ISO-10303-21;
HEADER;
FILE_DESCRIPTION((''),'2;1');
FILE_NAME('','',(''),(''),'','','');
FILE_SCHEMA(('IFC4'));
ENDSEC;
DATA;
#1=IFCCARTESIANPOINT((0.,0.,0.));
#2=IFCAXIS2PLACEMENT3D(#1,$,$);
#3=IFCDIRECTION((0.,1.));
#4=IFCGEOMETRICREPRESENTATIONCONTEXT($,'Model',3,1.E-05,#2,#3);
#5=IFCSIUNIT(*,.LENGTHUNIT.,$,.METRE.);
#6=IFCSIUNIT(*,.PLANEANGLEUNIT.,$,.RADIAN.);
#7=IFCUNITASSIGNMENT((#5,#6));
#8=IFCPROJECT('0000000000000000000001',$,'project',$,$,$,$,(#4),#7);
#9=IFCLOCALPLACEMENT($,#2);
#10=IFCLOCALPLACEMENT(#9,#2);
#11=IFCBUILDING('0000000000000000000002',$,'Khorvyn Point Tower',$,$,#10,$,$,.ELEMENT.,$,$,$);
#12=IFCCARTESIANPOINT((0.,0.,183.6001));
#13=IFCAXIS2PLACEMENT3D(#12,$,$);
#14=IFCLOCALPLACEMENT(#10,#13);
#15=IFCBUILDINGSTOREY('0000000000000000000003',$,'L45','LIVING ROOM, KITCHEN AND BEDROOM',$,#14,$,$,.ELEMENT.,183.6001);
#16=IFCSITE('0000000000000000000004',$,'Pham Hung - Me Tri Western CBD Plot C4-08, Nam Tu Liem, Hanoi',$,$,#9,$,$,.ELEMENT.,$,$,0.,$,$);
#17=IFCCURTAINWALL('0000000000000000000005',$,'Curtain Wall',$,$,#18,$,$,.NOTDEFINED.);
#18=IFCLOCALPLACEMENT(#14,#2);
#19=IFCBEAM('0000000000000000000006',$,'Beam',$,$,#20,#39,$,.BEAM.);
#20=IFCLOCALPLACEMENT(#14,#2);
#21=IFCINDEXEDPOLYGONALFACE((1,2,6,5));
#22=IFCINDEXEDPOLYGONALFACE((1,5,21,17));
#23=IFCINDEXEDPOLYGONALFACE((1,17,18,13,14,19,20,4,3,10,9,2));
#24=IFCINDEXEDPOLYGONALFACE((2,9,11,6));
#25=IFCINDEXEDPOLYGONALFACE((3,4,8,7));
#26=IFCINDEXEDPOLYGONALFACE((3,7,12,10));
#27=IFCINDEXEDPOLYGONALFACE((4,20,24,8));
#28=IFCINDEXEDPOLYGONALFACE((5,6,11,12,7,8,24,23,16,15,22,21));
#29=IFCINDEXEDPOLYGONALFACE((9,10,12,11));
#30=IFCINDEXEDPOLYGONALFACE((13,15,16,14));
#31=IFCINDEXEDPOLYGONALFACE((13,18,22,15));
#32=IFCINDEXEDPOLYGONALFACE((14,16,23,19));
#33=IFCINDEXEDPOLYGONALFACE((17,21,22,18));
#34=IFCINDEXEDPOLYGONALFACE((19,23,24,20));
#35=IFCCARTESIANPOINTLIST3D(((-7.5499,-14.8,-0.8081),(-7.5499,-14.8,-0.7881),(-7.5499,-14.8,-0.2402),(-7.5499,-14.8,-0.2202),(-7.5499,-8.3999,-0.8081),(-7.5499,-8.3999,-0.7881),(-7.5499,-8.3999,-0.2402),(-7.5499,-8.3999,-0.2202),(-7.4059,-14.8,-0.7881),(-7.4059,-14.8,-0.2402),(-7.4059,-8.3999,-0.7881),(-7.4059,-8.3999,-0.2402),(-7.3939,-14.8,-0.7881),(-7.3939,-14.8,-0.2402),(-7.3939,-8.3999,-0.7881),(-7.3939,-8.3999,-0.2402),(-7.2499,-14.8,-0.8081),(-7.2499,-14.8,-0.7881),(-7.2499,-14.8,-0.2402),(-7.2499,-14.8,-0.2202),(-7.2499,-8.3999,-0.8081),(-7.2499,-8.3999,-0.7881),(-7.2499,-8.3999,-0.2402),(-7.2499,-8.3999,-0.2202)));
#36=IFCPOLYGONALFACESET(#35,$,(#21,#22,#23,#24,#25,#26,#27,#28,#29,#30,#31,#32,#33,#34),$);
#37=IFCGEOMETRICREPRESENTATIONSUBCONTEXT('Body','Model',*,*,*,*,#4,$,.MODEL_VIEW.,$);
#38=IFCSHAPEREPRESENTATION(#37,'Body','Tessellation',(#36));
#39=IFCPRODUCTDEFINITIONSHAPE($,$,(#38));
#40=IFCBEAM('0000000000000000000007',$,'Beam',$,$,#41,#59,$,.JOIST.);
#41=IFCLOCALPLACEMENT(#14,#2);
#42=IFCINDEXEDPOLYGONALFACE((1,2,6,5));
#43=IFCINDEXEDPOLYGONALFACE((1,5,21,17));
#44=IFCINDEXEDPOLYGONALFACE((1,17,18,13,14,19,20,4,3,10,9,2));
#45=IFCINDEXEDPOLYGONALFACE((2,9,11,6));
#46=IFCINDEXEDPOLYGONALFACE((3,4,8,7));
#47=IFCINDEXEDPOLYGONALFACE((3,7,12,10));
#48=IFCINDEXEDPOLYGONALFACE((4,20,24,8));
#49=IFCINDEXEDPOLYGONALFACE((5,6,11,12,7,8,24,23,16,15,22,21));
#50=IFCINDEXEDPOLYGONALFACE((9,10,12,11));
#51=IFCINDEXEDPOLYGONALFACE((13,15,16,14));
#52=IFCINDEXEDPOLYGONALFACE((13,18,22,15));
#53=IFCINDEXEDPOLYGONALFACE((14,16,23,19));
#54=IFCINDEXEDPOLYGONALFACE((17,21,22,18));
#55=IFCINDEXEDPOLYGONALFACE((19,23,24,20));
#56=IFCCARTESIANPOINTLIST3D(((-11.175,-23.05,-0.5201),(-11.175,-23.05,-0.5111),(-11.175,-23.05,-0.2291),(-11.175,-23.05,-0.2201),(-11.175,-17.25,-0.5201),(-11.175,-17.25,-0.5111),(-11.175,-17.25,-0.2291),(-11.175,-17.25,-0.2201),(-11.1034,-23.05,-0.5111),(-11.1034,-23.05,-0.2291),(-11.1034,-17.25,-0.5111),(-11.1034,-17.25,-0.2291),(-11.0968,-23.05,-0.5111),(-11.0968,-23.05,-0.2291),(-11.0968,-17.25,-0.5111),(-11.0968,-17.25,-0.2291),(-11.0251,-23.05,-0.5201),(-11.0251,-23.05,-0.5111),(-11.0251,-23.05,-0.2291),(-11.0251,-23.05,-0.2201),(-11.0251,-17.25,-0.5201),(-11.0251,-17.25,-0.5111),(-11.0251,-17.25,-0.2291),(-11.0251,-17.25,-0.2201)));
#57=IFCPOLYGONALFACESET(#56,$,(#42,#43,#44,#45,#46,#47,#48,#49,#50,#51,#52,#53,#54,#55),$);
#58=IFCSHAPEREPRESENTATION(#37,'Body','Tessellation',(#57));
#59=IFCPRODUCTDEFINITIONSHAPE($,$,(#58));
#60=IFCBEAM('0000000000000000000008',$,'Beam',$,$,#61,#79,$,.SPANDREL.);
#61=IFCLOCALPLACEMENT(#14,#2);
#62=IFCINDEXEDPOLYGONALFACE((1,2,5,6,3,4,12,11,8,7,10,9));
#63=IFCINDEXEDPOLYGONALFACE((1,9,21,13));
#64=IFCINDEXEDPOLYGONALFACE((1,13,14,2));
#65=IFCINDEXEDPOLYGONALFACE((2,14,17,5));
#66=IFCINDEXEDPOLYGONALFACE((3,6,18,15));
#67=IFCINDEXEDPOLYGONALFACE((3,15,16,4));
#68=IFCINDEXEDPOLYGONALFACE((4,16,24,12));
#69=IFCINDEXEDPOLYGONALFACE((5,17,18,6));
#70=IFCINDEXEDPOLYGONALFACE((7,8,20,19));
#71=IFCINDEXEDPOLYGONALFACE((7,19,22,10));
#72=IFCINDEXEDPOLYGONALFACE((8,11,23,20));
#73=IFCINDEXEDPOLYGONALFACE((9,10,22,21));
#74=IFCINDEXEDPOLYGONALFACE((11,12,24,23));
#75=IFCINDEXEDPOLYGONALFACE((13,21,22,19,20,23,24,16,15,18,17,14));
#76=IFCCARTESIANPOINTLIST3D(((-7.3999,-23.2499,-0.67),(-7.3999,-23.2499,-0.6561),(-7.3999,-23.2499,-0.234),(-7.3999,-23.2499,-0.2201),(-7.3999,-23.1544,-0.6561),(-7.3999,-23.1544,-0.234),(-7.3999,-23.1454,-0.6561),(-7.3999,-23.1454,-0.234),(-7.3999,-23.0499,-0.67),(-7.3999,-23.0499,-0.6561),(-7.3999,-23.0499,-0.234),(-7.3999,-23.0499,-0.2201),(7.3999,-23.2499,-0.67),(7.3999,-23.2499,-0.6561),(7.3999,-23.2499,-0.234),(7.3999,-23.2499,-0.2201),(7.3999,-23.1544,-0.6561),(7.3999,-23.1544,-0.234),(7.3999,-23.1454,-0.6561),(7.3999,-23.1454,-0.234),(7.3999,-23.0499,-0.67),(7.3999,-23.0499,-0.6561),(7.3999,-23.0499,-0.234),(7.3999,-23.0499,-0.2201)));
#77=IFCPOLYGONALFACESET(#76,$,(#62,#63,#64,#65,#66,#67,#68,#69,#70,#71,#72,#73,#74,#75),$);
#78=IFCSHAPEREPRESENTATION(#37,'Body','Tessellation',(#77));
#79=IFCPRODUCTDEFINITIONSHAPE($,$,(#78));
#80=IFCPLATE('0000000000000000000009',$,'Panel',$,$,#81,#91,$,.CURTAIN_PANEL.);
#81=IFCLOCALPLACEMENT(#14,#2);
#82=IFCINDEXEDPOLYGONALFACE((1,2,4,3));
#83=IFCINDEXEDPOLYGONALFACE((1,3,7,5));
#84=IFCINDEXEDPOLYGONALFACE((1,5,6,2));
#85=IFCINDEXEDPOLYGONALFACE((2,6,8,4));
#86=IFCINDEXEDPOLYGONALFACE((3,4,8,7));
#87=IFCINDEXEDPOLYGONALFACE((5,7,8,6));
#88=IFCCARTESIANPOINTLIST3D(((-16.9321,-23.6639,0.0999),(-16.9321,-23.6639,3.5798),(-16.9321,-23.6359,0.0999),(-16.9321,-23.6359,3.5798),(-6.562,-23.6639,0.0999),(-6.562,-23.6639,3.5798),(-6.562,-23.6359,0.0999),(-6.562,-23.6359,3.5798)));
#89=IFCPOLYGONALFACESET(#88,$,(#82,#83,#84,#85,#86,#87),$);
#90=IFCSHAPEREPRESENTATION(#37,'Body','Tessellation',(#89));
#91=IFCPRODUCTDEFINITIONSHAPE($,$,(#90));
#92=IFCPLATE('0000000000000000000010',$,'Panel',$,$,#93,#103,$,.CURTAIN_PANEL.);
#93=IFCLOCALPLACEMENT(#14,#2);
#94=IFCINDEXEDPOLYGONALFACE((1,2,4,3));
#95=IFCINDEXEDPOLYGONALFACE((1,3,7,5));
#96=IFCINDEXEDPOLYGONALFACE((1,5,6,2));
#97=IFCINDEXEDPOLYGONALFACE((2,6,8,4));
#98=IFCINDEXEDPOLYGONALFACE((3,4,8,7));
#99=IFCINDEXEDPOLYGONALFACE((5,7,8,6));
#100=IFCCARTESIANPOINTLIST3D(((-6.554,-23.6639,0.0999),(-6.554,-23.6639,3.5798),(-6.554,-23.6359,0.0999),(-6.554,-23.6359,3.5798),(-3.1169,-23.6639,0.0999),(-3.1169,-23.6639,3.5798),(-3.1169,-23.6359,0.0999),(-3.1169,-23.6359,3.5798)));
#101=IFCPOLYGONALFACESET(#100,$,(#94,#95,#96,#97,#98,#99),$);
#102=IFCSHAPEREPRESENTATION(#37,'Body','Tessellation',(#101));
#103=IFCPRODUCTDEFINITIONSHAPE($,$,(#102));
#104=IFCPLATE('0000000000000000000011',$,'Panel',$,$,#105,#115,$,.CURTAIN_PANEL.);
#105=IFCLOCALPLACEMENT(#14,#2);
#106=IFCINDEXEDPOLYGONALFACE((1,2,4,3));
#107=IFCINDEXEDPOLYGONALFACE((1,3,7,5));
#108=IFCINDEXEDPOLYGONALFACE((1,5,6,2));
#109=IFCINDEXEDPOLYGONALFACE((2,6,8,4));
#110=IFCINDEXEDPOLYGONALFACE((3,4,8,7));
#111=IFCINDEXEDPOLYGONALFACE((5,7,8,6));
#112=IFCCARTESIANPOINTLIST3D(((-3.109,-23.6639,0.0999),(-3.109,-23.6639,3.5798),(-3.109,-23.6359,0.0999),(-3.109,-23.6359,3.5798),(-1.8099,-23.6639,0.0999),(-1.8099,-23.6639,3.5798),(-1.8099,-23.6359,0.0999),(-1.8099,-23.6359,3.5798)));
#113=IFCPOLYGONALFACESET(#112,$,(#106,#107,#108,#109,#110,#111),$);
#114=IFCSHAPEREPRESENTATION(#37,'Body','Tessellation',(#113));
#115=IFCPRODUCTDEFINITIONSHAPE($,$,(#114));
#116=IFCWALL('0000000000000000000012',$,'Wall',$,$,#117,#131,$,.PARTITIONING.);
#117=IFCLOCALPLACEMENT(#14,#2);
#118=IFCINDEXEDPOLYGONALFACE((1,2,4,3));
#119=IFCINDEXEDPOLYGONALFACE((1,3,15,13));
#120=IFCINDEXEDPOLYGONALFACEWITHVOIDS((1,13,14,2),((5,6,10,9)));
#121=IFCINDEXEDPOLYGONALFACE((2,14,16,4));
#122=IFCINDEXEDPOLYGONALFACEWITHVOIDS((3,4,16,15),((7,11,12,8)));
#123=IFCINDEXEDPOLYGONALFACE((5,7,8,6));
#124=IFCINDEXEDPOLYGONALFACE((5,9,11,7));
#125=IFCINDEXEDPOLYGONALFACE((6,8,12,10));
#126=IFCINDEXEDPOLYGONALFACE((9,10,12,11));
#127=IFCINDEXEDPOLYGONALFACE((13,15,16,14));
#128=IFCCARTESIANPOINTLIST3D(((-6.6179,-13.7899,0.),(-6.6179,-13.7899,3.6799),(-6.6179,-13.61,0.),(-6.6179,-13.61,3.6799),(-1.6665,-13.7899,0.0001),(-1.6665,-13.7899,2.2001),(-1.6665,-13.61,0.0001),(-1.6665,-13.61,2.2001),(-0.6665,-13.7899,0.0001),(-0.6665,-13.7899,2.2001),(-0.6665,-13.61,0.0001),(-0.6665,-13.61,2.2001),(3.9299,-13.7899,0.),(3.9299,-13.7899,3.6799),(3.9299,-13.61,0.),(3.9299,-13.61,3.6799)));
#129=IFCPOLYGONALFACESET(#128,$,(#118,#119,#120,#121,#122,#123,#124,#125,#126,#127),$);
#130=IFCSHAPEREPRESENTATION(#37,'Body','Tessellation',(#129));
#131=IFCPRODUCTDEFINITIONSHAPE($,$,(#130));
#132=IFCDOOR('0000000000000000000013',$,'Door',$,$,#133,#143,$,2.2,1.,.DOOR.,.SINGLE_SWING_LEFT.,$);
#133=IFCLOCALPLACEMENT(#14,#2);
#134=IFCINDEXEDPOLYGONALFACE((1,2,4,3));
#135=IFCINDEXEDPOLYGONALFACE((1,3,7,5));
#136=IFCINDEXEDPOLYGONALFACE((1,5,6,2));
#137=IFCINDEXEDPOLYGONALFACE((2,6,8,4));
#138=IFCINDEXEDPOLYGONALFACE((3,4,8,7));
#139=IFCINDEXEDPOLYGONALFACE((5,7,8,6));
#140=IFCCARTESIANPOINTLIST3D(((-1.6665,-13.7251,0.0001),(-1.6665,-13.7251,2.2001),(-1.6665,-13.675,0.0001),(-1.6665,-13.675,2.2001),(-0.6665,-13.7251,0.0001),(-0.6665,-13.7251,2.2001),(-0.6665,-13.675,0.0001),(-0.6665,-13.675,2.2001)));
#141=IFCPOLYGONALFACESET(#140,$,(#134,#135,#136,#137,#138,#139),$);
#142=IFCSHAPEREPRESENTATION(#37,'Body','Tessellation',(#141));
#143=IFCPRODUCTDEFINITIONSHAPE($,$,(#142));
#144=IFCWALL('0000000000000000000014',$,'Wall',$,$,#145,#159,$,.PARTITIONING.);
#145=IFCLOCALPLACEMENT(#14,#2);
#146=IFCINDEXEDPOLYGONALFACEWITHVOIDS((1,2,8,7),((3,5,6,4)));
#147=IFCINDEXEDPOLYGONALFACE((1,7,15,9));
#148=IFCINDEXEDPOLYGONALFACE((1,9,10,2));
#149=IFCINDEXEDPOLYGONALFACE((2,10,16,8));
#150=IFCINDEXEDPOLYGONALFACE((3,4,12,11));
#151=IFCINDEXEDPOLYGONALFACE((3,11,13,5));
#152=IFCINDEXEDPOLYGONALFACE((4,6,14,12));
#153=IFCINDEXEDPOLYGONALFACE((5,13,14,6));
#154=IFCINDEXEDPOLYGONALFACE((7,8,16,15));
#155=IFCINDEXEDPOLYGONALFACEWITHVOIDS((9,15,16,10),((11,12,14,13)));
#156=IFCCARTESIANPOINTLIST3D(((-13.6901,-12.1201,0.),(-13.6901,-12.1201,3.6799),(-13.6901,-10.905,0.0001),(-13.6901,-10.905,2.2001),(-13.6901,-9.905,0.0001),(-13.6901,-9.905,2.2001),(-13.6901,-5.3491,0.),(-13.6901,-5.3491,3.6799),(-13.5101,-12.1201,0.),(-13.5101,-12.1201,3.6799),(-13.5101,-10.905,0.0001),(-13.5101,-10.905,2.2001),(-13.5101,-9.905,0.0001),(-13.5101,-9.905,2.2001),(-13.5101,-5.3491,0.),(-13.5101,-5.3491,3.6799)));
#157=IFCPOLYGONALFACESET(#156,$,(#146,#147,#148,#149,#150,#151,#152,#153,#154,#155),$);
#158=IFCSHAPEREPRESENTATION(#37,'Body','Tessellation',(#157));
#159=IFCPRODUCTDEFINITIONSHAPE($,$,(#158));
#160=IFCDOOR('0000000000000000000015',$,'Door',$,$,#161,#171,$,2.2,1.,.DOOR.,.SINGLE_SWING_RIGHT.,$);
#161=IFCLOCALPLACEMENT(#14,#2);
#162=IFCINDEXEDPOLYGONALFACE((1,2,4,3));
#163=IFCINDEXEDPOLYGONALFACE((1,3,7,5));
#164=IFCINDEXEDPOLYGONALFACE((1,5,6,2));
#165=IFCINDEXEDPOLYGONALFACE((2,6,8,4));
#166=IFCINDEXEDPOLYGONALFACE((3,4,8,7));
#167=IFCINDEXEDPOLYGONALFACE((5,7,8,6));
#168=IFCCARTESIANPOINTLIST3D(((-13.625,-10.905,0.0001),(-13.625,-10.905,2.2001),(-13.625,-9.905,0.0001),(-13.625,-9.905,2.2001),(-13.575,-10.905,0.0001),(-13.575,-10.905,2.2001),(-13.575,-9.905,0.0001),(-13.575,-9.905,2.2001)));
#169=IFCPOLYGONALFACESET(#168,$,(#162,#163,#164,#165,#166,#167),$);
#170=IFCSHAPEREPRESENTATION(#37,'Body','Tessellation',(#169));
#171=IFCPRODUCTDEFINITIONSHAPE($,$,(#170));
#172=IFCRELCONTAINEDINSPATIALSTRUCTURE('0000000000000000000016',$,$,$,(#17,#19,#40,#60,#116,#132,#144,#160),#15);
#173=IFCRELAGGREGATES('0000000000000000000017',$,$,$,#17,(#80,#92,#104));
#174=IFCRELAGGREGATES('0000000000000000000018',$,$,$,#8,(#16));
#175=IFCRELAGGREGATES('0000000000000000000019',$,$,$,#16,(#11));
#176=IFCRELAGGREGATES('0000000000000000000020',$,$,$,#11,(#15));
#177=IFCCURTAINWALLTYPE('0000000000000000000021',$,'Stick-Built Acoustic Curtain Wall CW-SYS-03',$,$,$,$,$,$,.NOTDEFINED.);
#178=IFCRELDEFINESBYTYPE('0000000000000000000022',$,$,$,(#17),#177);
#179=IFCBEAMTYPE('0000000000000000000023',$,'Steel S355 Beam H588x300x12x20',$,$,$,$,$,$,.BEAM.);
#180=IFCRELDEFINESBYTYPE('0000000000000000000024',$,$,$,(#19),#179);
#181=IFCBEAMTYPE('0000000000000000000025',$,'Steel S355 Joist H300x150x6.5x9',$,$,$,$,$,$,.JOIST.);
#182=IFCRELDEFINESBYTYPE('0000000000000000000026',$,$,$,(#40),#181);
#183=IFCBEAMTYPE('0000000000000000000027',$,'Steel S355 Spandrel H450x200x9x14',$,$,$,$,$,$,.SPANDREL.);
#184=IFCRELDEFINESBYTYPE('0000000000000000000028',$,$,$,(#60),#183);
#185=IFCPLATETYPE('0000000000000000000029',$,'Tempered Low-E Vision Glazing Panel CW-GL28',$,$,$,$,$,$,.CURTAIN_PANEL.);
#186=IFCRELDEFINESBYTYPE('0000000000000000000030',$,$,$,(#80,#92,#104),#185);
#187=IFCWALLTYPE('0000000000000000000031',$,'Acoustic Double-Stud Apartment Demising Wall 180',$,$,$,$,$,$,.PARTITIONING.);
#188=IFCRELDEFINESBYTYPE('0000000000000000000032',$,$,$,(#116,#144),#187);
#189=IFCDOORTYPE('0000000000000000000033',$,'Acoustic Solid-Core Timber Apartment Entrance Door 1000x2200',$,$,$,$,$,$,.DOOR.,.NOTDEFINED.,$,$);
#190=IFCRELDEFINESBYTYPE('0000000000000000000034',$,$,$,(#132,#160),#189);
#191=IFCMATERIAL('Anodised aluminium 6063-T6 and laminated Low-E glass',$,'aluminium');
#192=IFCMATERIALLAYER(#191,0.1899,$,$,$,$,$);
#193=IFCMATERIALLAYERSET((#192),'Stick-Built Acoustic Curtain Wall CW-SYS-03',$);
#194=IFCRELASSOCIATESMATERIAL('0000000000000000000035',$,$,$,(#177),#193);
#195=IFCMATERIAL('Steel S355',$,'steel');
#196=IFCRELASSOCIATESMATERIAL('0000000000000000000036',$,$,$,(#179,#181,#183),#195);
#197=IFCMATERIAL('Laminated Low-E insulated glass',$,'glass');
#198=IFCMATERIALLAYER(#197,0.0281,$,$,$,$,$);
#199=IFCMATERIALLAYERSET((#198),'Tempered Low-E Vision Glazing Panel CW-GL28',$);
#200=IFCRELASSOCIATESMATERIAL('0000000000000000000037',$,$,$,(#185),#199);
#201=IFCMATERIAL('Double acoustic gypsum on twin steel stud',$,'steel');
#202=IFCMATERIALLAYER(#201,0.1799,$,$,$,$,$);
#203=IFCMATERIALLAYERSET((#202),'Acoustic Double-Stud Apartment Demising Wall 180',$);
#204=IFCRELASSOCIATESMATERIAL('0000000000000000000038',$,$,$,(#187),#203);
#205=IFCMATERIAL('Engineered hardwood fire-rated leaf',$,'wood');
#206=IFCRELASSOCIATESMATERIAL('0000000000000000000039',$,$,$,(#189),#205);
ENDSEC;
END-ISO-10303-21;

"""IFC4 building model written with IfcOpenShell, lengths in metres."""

from ifc_helpers import new_model, si_unit, direction, frame, frame_2d, origin, origin_2d, place, context, subcontext, project, spatial, rectangle, i_section, extrude, material, layer, layer_set, material_profile, profile_set, type_object, element, fill, aggregate, save


model = new_model("IFC4")

# Units and contexts
model_context = context("Model", 3, precision=1e-05, world=origin(), true_north=direction((0.0, 1.0)))
body_context = subcontext(model_context, "Body", "Model", "MODEL_VIEW")
ifc_project = project(units=[si_unit("LENGTHUNIT", "METRE"), si_unit("PLANEANGLEUNIT", "RADIAN")], contexts=[model_context])

# Site, building, storey
site_placement = place(None, origin())
site = spatial("IfcSite", under=ifc_project, at=site_placement, Name="Pham Hung - Me Tri Western CBD Plot C4-08, Nam Tu Liem, Hanoi", CompositionType="ELEMENT", RefElevation=0.0)
building_placement = place(site_placement, origin())
building = spatial("IfcBuilding", under=site, at=building_placement, Name="Khorvyn Point Tower", CompositionType="ELEMENT")
storey_placement = place(building_placement, frame((0.0, 0.0, 183.6001)))
storey = spatial("IfcBuildingStorey", under=building, at=storey_placement, Name="L45", Description="LIVING ROOM, KITCHEN AND BEDROOM", CompositionType="ELEMENT", Elevation=183.6001)

# Curtain wall
ifc_material_1 = material(Name="Anodised aluminium 6063-T6 and laminated Low-E glass", Category="aluminium")
ifc_layer_1 = layer(ifc_material_1, 0.1899)
ifc_layer_set_1 = layer_set([ifc_layer_1], Name="Stick-Built Acoustic Curtain Wall CW-SYS-03")
curtain_wall_type = type_object("IfcCurtainWallType", Name="Stick-Built Acoustic Curtain Wall CW-SYS-03", PredefinedType="NOTDEFINED", material=ifc_layer_set_1)
curtain_wall_placement = place(storey_placement, origin())
curtain_wall = element("IfcCurtainWall", 1, at=curtain_wall_placement, inside=storey, type_object=curtain_wall_type, Name="Curtain Wall", PredefinedType="NOTDEFINED")

# Beams
ifc_material_2 = material(Name="Steel S355", Category="steel")
ifc_material_profile_1 = material_profile(ifc_material_2, i_section(OverallWidth=0.3, OverallDepth=0.5879, WebThickness=0.012, FlangeThickness=0.02, at=origin_2d()))
ifc_profile_set_1 = profile_set([ifc_material_profile_1], Name="Steel S355 H588x300x12x20")
beam_type_1 = type_object("IfcBeamType", Name="Steel S355 Beam H588x300x12x20", PredefinedType="BEAM", material=ifc_profile_set_1)
beam_1_placement = place(storey_placement, frame((-7.3999, -14.8, -0.5142), z_axis=(0.0, 1.0, 0.0), x_axis=(-1.0, 0.0, 0.0)))
element("IfcBeam", 2, at=beam_1_placement, inside=storey, type_object=beam_type_1, Name="Beam", PredefinedType="BEAM", context=body_context, shape_type="SweptSolid", body=[
    extrude(i_section(OverallWidth=0.3, OverallDepth=0.5879, WebThickness=0.012, FlangeThickness=0.02, at=origin_2d()), origin(), (0.0, 0.0, 1.0), 6.4001),
])
ifc_material_profile_2 = material_profile(ifc_material_2, i_section(OverallWidth=0.1499, OverallDepth=0.3, WebThickness=0.0066, FlangeThickness=0.009, at=origin_2d()))
ifc_profile_set_2 = profile_set([ifc_material_profile_2], Name="Steel S355 H300x150x6.5x9")
beam_type_2 = type_object("IfcBeamType", Name="Steel S355 Joist H300x150x6.5x9", PredefinedType="JOIST", material=ifc_profile_set_2)
beam_2_placement = place(storey_placement, frame((-11.1001, -23.05, -0.3701), z_axis=(0.0, 1.0, 0.0), x_axis=(-1.0, 0.0, 0.0)))
element("IfcBeam", 3, at=beam_2_placement, inside=storey, type_object=beam_type_2, Name="Beam", PredefinedType="JOIST", context=body_context, shape_type="SweptSolid", body=[
    extrude(i_section(OverallWidth=0.1499, OverallDepth=0.3, WebThickness=0.0066, FlangeThickness=0.009, at=origin_2d()), origin(), (0.0, 0.0, 1.0), 5.8),
])
ifc_material_profile_3 = material_profile(ifc_material_2, i_section(OverallWidth=0.2, OverallDepth=0.45, WebThickness=0.009, FlangeThickness=0.0139, at=origin_2d()))
ifc_profile_set_3 = profile_set([ifc_material_profile_3], Name="Steel S355 H450x200x9x14")
beam_type_3 = type_object("IfcBeamType", Name="Steel S355 Spandrel H450x200x9x14", PredefinedType="SPANDREL", material=ifc_profile_set_3)
beam_3_placement = place(storey_placement, frame((-7.3999, -23.1499, -0.4451), z_axis=(1.0, 0.0, 0.0), x_axis=(0.0, 1.0, 0.0)))
element("IfcBeam", 4, at=beam_3_placement, inside=storey, type_object=beam_type_3, Name="Beam", PredefinedType="SPANDREL", context=body_context, shape_type="SweptSolid", body=[
    extrude(i_section(OverallWidth=0.2, OverallDepth=0.45, WebThickness=0.009, FlangeThickness=0.0139, at=origin_2d()), origin(), (0.0, 0.0, 1.0), 14.7998),
])

# Plates
ifc_material_3 = material(Name="Laminated Low-E insulated glass", Category="glass")
ifc_layer_2 = layer(ifc_material_3, 0.0281)
ifc_layer_set_2 = layer_set([ifc_layer_2], Name="Tempered Low-E Vision Glazing Panel CW-GL28")
plate_type = type_object("IfcPlateType", Name="Tempered Low-E Vision Glazing Panel CW-GL28", PredefinedType="CURTAIN_PANEL", material=ifc_layer_set_2)
plate_1_placement = place(storey_placement, frame((-11.7471, -23.6499, 0.0999), z_axis=(0.0, 0.0, 1.0), x_axis=(-1.0, 0.0, 0.0)))
plate_1 = element("IfcPlate", 5, at=plate_1_placement, type_object=plate_type, Name="Panel", PredefinedType="CURTAIN_PANEL", context=body_context, shape_type="SweptSolid", body=[
    extrude(rectangle(XDim=10.3701, YDim=0.0281, at=origin_2d()), origin(), (0.0, 0.0, 1.0), 3.48),
])
plate_2_placement = place(storey_placement, frame((-4.8354, -23.6499, 0.0999), z_axis=(0.0, 0.0, 1.0), x_axis=(-1.0, 0.0, 0.0)))
plate_2 = element("IfcPlate", 6, at=plate_2_placement, type_object=plate_type, Name="Panel", PredefinedType="CURTAIN_PANEL", context=body_context, shape_type="SweptSolid", body=[
    extrude(rectangle(XDim=3.437, YDim=0.0281, at=origin_2d()), origin(), (0.0, 0.0, 1.0), 3.48),
])
plate_3_placement = place(storey_placement, frame((-2.4595, -23.6499, 0.0999), z_axis=(0.0, 0.0, 1.0), x_axis=(-1.0, 0.0, 0.0)))
plate_3 = element("IfcPlate", 7, at=plate_3_placement, type_object=plate_type, Name="Panel", PredefinedType="CURTAIN_PANEL", context=body_context, shape_type="SweptSolid", body=[
    extrude(rectangle(XDim=1.2991, YDim=0.0281, at=origin_2d()), origin(), (0.0, 0.0, 1.0), 3.48),
])
aggregate(curtain_wall, [plate_1, plate_2, plate_3])

# Walls, openings, doors
ifc_material_4 = material(Name="Double acoustic gypsum on twin steel stud", Category="steel")
ifc_layer_3 = layer(ifc_material_4, 0.1799)
ifc_layer_set_3 = layer_set([ifc_layer_3], Name="Acoustic Double-Stud Apartment Demising Wall 180")
wall_type_1 = type_object("IfcWallType", Name="Acoustic Double-Stud Apartment Demising Wall 180", PredefinedType="PARTITIONING", material=ifc_layer_set_3)
wall_1_placement = place(storey_placement, frame((-6.6179, -13.7, 0.0), z_axis=(0.0, 0.0, 1.0), x_axis=(1.0, 0.0, 0.0)))
wall_1 = element("IfcWall", 8, at=wall_1_placement, inside=storey, type_object=wall_type_1, Name="Wall", PredefinedType="PARTITIONING", context=body_context, shape_type="SweptSolid", body=[
    extrude(rectangle(XDim=10.5479, YDim=0.1799, at=frame_2d((5.2739, 0.0))), origin(), (0.0, 0.0, 1.0), 3.6799),
])
opening_1_placement = place(wall_1_placement, frame((4.9514, 0.0, 0.0)))
opening_1 = element("IfcOpeningElement", 9, at=opening_1_placement, cuts=wall_1, PredefinedType="OPENING", context=body_context, shape_type="SweptSolid", body=[
    extrude(rectangle(XDim=1.0, YDim=2.2, at=frame_2d((0.5, 1.1001))), frame((0.0, 0.0999, 0.0), z_axis=(0.0, -1.0, 0.0), x_axis=(1.0, 0.0, 0.0)), (0.0, 0.0, 1.0), 0.2),
])
ifc_material_5 = material(Name="Engineered hardwood fire-rated leaf", Category="wood")
door_type_1 = type_object("IfcDoorType", Name="Acoustic Solid-Core Timber Apartment Entrance Door 1000x2200", OperationType="NOTDEFINED", PredefinedType="DOOR", material=ifc_material_5)
door_1_placement = place(opening_1_placement, origin())
door_1 = element("IfcDoor", 10, at=door_1_placement, inside=storey, type_object=door_type_1, Name="Door", OperationType="SINGLE_SWING_LEFT", OverallHeight=2.2, OverallWidth=1.0, PredefinedType="DOOR", context=body_context, shape_type="SweptSolid", body=[
    extrude(rectangle(XDim=1.0, YDim=2.2, at=frame_2d((0.5, 1.1001))), frame((0.0, 0.0249, 0.0), z_axis=(0.0, -1.0, 0.0), x_axis=(1.0, 0.0, 0.0)), (0.0, 0.0, 1.0), 0.05),
])
fill(opening_1, door_1)
wall_2_placement = place(storey_placement, frame((-13.6001, -12.1201, 0.0), z_axis=(0.0, 0.0, 1.0), x_axis=(0.0, 1.0, 0.0)))
wall_2 = element("IfcWall", 11, at=wall_2_placement, inside=storey, type_object=wall_type_1, Name="Wall", PredefinedType="PARTITIONING", context=body_context, shape_type="SweptSolid", body=[
    extrude(rectangle(XDim=6.771, YDim=0.1799, at=frame_2d((3.3855, 0.0))), origin(), (0.0, 0.0, 1.0), 3.6799),
])
opening_2_placement = place(wall_2_placement, frame((1.2151, 0.0, 0.0)))
opening_2 = element("IfcOpeningElement", 12, at=opening_2_placement, cuts=wall_2, PredefinedType="OPENING", context=body_context, shape_type="SweptSolid", body=[
    extrude(rectangle(XDim=1.0, YDim=2.2, at=frame_2d((0.5, 1.1001))), frame((0.0, 0.0999, 0.0), z_axis=(0.0, -1.0, 0.0), x_axis=(1.0, 0.0, 0.0)), (0.0, 0.0, 1.0), 0.2),
])
door_2_placement = place(opening_2_placement, origin())
door_2 = element("IfcDoor", 13, at=door_2_placement, inside=storey, type_object=door_type_1, Name="Door", OperationType="SINGLE_SWING_RIGHT", OverallHeight=2.2, OverallWidth=1.0, PredefinedType="DOOR", context=body_context, shape_type="SweptSolid", body=[
    extrude(rectangle(XDim=1.0, YDim=2.2, at=frame_2d((0.5, 1.1001))), frame((0.0, 0.0249, 0.0), z_axis=(0.0, -1.0, 0.0), x_axis=(1.0, 0.0, 0.0)), (0.0, 0.0, 1.0), 0.05),
])
fill(opening_2, door_2)

save(model, "model.ifc")
